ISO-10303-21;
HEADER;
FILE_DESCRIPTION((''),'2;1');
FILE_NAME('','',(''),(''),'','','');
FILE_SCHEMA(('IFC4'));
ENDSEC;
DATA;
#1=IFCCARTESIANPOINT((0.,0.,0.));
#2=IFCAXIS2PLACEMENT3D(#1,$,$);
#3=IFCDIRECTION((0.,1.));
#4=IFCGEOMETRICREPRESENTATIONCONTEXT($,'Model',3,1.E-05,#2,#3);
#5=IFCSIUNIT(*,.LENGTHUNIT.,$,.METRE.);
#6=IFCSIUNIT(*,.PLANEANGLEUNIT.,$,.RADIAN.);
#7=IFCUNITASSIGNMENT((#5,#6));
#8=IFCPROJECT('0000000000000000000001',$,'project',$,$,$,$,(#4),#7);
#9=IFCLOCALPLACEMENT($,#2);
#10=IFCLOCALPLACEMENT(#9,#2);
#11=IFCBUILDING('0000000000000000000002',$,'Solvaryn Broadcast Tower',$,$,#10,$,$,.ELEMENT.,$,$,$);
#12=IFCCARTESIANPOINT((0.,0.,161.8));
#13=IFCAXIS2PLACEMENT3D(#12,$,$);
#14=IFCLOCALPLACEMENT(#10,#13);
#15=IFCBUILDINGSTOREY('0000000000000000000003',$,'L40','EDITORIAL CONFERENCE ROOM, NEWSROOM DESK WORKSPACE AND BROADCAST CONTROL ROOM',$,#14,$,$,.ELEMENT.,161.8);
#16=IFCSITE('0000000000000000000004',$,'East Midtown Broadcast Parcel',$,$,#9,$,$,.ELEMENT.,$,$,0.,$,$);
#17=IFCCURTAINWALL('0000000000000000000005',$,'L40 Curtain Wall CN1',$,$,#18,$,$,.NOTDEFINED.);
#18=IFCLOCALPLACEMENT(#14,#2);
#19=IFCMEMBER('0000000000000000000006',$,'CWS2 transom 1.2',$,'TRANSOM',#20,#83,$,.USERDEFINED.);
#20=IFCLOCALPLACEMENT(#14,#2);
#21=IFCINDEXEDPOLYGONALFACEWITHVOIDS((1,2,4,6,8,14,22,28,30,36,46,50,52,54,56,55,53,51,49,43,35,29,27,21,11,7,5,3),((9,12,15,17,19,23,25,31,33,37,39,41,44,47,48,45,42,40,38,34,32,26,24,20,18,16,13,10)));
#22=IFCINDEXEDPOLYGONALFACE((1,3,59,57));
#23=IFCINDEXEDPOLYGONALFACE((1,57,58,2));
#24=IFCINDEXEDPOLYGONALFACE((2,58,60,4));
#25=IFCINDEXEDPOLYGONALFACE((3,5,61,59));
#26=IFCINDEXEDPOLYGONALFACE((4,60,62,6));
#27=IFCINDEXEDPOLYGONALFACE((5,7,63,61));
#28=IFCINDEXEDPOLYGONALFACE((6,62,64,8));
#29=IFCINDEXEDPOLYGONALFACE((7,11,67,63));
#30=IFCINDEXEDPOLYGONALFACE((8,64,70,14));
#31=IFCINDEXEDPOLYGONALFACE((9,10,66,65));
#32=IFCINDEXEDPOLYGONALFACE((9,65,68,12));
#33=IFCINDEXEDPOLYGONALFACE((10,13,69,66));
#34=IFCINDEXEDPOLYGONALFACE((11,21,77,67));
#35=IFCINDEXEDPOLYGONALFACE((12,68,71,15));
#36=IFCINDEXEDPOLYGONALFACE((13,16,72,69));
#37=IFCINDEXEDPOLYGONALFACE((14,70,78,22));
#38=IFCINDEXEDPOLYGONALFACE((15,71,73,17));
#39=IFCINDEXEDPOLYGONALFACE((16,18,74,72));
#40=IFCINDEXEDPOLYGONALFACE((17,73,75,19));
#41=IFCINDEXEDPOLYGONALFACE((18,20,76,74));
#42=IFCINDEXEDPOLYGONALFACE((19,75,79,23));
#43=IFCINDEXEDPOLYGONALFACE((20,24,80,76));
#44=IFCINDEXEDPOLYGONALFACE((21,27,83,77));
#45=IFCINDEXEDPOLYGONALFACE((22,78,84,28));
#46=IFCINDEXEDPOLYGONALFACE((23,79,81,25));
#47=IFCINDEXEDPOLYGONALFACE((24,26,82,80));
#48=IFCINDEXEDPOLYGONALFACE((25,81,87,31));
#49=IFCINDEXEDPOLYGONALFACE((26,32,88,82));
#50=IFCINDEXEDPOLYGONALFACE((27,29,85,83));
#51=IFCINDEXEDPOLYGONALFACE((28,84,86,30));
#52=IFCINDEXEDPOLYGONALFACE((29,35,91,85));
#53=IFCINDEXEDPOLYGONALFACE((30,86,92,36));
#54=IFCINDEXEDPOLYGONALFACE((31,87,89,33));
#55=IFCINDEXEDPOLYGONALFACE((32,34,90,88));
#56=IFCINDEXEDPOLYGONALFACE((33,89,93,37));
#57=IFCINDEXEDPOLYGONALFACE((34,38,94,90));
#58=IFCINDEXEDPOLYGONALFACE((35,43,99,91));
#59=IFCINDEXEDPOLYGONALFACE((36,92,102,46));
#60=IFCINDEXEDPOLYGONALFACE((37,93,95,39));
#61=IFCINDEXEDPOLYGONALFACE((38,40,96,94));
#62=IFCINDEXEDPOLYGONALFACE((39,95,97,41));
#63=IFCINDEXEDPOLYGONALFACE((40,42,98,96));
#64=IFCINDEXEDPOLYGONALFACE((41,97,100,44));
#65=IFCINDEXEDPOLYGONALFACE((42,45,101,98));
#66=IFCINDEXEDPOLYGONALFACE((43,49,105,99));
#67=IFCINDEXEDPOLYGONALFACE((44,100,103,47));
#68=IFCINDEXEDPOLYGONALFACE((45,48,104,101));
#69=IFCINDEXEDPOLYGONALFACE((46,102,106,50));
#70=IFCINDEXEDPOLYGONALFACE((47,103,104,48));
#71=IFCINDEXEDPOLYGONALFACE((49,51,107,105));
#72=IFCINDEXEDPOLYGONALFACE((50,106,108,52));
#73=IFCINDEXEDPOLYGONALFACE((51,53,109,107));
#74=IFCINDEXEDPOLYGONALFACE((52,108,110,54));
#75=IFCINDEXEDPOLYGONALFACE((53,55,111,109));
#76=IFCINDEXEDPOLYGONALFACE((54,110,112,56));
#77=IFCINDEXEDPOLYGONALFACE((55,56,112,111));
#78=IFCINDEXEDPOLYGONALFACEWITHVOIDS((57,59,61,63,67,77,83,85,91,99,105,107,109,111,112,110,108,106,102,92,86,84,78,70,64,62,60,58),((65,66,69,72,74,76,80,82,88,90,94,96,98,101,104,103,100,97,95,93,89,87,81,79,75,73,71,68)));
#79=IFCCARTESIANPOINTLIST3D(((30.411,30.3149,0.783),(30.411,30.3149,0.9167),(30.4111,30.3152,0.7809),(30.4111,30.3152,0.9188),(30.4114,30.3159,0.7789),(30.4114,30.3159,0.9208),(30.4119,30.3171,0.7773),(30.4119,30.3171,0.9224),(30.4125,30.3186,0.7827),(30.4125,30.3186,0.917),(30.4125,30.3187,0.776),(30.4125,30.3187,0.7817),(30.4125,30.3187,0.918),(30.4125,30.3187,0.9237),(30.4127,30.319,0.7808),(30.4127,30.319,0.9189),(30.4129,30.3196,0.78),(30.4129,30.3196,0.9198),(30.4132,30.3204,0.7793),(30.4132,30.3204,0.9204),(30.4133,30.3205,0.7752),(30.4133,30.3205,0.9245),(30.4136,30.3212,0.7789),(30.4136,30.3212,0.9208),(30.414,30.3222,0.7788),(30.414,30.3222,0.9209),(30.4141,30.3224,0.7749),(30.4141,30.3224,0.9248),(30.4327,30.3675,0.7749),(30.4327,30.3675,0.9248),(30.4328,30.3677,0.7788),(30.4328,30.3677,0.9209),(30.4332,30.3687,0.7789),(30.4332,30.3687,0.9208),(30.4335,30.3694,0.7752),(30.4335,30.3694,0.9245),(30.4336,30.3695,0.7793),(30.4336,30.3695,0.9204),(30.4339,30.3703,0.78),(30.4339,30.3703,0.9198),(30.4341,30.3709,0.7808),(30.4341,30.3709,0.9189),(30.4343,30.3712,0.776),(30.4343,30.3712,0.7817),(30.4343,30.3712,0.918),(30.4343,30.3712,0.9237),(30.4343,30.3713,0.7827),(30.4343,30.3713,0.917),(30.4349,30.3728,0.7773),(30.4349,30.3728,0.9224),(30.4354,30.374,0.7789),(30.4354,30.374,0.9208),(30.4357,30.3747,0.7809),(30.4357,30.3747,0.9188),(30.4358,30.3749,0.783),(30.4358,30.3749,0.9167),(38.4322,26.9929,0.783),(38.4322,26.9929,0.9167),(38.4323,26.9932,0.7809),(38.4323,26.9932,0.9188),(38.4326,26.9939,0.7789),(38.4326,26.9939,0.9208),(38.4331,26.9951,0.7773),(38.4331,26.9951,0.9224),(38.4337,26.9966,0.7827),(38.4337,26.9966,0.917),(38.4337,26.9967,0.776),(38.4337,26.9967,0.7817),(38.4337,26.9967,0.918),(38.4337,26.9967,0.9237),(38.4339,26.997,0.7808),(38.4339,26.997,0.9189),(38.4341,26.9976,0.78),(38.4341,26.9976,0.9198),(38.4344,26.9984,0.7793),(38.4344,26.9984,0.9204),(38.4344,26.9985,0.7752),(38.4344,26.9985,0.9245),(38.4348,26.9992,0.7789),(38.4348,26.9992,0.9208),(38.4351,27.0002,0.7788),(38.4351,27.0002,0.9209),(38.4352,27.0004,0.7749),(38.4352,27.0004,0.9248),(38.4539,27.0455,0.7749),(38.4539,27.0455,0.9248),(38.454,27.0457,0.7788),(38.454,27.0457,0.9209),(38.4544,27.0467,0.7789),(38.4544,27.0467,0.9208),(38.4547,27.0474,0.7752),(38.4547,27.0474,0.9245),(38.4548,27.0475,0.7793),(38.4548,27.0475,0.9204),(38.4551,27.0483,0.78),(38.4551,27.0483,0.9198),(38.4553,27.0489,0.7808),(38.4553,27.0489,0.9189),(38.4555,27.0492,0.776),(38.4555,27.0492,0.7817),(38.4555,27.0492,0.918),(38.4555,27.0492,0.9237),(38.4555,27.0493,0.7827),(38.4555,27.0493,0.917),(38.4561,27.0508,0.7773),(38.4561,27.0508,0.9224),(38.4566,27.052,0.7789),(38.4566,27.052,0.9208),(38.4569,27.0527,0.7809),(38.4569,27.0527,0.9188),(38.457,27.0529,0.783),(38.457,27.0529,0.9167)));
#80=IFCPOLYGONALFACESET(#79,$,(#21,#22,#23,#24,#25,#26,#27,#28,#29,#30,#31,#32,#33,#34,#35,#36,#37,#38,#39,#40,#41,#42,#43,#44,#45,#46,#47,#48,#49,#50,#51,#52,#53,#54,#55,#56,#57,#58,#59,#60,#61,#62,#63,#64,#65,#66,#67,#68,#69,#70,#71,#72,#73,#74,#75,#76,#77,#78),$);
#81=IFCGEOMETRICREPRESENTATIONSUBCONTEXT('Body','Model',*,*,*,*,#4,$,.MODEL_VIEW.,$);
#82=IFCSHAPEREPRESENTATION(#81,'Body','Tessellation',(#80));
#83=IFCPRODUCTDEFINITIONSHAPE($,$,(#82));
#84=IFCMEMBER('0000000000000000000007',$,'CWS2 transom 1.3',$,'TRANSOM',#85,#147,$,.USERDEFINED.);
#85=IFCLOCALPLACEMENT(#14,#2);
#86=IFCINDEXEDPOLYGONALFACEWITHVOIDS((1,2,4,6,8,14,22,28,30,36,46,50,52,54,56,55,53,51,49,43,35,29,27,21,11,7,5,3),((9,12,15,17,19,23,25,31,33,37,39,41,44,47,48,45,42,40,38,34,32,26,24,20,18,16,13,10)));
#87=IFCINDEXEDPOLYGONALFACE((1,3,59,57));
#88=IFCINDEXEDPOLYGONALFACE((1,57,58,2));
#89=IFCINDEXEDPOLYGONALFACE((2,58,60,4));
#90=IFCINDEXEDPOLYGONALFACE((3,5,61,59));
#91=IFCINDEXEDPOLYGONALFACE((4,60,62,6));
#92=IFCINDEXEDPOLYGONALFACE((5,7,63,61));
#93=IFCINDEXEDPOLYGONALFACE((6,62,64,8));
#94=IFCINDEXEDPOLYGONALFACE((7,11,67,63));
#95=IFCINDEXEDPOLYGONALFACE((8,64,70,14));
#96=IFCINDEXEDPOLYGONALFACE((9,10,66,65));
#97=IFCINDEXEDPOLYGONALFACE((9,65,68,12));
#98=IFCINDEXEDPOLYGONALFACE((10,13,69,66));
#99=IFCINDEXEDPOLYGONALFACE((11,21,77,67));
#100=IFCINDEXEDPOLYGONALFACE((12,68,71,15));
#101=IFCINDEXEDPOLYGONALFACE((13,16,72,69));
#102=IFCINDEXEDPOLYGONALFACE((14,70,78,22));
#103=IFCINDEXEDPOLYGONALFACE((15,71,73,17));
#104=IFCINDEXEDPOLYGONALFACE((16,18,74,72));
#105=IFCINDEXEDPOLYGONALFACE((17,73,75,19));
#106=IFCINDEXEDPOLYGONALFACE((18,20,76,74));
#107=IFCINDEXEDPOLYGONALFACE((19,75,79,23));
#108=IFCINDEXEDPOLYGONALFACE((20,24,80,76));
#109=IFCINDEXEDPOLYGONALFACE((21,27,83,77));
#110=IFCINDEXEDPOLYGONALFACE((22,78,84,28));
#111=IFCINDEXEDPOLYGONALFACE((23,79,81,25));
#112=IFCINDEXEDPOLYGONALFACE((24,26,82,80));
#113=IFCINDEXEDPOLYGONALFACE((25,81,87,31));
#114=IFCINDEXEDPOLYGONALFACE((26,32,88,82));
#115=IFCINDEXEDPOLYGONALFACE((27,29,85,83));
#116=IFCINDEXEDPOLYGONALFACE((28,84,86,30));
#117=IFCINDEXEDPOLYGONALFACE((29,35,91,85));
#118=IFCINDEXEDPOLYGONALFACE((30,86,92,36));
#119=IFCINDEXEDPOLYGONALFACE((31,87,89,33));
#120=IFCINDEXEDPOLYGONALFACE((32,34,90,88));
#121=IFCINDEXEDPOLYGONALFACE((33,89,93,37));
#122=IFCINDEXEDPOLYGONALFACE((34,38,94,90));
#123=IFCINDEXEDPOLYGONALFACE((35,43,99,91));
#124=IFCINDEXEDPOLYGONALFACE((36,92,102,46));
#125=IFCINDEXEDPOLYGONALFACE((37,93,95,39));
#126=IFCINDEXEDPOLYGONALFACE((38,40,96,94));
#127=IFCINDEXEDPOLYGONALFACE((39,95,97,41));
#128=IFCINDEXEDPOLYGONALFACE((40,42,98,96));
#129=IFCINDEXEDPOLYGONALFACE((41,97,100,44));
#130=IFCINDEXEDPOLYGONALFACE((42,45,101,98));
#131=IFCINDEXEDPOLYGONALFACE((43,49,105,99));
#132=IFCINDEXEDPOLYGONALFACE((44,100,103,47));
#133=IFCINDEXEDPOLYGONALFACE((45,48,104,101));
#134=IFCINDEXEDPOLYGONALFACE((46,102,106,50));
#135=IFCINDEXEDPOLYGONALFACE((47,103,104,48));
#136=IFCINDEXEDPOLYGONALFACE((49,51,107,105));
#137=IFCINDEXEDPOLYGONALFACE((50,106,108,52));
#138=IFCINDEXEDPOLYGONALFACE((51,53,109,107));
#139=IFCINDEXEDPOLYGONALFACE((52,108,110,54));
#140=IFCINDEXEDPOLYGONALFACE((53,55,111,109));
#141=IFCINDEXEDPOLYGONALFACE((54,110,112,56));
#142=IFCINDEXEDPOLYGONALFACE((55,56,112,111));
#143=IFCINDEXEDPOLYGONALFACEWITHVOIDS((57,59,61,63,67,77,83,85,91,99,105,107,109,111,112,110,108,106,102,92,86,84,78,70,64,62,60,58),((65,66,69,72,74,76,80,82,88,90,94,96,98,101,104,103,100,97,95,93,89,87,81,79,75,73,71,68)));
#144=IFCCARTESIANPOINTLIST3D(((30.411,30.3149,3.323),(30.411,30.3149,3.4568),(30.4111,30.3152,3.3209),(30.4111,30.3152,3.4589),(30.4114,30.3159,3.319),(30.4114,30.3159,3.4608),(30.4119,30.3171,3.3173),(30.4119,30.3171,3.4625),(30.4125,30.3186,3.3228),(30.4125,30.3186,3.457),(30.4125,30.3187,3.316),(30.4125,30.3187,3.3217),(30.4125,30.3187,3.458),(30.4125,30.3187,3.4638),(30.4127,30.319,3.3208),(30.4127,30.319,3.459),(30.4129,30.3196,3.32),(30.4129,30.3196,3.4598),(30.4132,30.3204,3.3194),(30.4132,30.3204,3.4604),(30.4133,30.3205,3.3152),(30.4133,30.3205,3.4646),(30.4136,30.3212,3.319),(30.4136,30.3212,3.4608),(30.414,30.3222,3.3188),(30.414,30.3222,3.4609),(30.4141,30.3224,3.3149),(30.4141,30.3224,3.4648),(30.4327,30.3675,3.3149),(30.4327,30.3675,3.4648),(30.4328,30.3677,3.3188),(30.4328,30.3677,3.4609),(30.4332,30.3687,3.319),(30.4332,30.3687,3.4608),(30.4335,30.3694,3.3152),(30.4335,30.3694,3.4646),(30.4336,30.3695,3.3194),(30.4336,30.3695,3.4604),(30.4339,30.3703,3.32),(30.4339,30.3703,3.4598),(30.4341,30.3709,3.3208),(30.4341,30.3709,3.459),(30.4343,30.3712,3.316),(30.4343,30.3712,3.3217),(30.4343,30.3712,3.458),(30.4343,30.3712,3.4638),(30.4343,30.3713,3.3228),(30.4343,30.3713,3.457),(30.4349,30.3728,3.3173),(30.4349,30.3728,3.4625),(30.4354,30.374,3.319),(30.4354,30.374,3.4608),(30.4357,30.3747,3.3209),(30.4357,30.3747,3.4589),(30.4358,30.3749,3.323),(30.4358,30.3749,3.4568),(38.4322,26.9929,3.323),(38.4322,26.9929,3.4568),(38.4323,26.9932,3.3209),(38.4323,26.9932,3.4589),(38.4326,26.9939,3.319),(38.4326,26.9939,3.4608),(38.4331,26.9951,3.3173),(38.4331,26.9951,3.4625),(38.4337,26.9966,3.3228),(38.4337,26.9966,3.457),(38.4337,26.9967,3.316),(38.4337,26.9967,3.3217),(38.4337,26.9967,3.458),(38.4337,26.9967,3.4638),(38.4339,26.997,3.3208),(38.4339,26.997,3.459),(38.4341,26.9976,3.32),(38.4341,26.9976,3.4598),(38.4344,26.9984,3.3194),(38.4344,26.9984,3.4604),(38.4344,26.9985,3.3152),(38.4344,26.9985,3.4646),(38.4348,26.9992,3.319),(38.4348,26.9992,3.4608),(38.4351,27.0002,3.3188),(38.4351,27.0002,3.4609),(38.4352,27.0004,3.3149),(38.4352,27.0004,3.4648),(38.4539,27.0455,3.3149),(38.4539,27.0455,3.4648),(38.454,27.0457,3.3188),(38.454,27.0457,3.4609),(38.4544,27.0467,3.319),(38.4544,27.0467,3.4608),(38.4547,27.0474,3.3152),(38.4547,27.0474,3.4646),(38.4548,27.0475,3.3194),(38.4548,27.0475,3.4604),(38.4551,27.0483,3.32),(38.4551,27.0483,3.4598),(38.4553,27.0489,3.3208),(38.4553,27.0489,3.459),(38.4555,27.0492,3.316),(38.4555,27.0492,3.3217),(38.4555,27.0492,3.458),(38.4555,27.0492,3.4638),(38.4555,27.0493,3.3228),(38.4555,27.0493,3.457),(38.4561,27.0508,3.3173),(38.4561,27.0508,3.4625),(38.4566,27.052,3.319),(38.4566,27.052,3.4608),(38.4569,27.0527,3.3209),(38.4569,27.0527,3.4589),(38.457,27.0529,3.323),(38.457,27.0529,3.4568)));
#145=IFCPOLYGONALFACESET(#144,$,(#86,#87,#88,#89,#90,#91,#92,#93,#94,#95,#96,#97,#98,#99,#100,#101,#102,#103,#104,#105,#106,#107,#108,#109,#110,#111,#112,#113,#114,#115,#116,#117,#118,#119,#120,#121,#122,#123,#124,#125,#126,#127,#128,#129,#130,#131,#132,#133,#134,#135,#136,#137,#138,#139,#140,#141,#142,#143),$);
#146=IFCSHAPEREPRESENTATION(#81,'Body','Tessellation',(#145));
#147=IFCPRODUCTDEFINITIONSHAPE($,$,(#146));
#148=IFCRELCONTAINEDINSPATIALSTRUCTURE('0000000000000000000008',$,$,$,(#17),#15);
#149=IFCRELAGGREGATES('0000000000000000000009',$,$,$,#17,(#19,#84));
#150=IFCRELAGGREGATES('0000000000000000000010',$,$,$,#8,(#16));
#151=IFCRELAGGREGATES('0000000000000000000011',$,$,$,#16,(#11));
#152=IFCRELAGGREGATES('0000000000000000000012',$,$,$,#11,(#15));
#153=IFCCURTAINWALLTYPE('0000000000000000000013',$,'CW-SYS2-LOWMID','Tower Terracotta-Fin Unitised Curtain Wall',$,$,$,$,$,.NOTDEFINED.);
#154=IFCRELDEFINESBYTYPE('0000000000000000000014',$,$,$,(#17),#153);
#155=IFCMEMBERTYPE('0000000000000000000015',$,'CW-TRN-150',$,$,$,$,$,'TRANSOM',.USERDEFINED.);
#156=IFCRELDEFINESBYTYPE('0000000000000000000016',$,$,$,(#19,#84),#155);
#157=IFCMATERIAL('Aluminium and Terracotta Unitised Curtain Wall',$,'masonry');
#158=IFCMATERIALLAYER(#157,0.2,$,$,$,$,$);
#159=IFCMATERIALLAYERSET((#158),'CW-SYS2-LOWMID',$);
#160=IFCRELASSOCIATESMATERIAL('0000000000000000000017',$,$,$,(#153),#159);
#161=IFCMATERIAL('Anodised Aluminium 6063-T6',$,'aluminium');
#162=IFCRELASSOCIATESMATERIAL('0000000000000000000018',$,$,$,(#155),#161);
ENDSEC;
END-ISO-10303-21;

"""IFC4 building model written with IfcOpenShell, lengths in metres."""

from ifc_helpers import new_model, si_unit, direction, frame, origin, origin_2d, place, context, subcontext, project, spatial, hollow_rectangle, extrude, material, layer, layer_set, material_profile, profile_set, type_object, element, aggregate, save


model = new_model("IFC4")

# Units and contexts
model_context = context("Model", 3, precision=1e-05, world=origin(), true_north=direction((0.0, 1.0)))
body_context = subcontext(model_context, "Body", "Model", "MODEL_VIEW")
ifc_project = project(units=[si_unit("LENGTHUNIT", "METRE"), si_unit("PLANEANGLEUNIT", "RADIAN")], contexts=[model_context])

# Site, building, storey
site_placement = place(None, origin())
site = spatial("IfcSite", under=ifc_project, at=site_placement, Name="East Midtown Broadcast Parcel", CompositionType="ELEMENT", RefElevation=0.0)
building_placement = place(site_placement, origin())
building = spatial("IfcBuilding", under=site, at=building_placement, Name="Solvaryn Broadcast Tower", CompositionType="ELEMENT")
storey_placement = place(building_placement, frame((0.0, 0.0, 161.8)))
storey = spatial("IfcBuildingStorey", under=building, at=storey_placement, Name="L40", Description="EDITORIAL CONFERENCE ROOM, NEWSROOM DESK WORKSPACE AND BROADCAST CONTROL ROOM", CompositionType="ELEMENT", Elevation=161.8)

# Curtain wall
ifc_material_1 = material(Name="Aluminium and Terracotta Unitised Curtain Wall", Category="masonry")
ifc_layer_1 = layer(ifc_material_1, 0.2)
ifc_layer_set_1 = layer_set([ifc_layer_1], Name="CW-SYS2-LOWMID")
curtain_wall_type = type_object("IfcCurtainWallType", Name="CW-SYS2-LOWMID", Description="Tower Terracotta-Fin Unitised Curtain Wall", PredefinedType="NOTDEFINED", material=ifc_layer_set_1)
curtain_wall_1_placement = place(storey_placement, origin())
curtain_wall_1 = element("IfcCurtainWall", 1, at=curtain_wall_1_placement, inside=storey, type_object=curtain_wall_type, Name="L40 Curtain Wall CN1", PredefinedType="NOTDEFINED")

# Members
ifc_material_2 = material(Name="Anodised Aluminium 6063-T6", Category="aluminium")
ifc_material_profile_1 = material_profile(ifc_material_2, hollow_rectangle(XDim=0.0649, YDim=0.1499, WallThickness=0.0039, InnerFilletRadius=0.0039, OuterFilletRadius=0.0081, at=origin_2d()))
ifc_profile_set_1 = profile_set([ifc_material_profile_1], Name="Anodised Aluminium 6063-T6")
member_type_1 = type_object("IfcMemberType", Name="CW-TRN-150", ElementType="TRANSOM", PredefinedType="USERDEFINED", material=ifc_profile_set_1)
member_1_placement = place(storey_placement, frame((38.4446, 27.0229, 0.8499), z_axis=(-0.923899, 0.382636, 0.0), x_axis=(-0.382636, -0.923899, 0.0)))
member_1 = element("IfcMember", 2, at=member_1_placement, type_object=member_type_1, Name="CWS2 transom 1.2", ObjectType="TRANSOM", PredefinedType="USERDEFINED", context=body_context, shape_type="SweptSolid", body=[
    extrude(hollow_rectangle(XDim=0.0649, YDim=0.1499, WallThickness=0.0039, InnerFilletRadius=0.0039, OuterFilletRadius=0.0081, at=origin_2d()), origin(), (0.0, 0.0, 1.0), 8.6819),
])
member_2_placement = place(storey_placement, frame((38.4446, 27.0229, 3.3899), z_axis=(-0.923899, 0.382636, 0.0), x_axis=(-0.382636, -0.923899, 0.0)))
member_2 = element("IfcMember", 3, at=member_2_placement, type_object=member_type_1, Name="CWS2 transom 1.3", ObjectType="TRANSOM", PredefinedType="USERDEFINED", context=body_context, shape_type="SweptSolid", body=[
    extrude(hollow_rectangle(XDim=0.0649, YDim=0.1499, WallThickness=0.0039, InnerFilletRadius=0.0039, OuterFilletRadius=0.0081, at=origin_2d()), origin(), (0.0, 0.0, 1.0), 8.6819),
])
aggregate(curtain_wall_1, [member_1, member_2])

save(model, "model.ifc")
